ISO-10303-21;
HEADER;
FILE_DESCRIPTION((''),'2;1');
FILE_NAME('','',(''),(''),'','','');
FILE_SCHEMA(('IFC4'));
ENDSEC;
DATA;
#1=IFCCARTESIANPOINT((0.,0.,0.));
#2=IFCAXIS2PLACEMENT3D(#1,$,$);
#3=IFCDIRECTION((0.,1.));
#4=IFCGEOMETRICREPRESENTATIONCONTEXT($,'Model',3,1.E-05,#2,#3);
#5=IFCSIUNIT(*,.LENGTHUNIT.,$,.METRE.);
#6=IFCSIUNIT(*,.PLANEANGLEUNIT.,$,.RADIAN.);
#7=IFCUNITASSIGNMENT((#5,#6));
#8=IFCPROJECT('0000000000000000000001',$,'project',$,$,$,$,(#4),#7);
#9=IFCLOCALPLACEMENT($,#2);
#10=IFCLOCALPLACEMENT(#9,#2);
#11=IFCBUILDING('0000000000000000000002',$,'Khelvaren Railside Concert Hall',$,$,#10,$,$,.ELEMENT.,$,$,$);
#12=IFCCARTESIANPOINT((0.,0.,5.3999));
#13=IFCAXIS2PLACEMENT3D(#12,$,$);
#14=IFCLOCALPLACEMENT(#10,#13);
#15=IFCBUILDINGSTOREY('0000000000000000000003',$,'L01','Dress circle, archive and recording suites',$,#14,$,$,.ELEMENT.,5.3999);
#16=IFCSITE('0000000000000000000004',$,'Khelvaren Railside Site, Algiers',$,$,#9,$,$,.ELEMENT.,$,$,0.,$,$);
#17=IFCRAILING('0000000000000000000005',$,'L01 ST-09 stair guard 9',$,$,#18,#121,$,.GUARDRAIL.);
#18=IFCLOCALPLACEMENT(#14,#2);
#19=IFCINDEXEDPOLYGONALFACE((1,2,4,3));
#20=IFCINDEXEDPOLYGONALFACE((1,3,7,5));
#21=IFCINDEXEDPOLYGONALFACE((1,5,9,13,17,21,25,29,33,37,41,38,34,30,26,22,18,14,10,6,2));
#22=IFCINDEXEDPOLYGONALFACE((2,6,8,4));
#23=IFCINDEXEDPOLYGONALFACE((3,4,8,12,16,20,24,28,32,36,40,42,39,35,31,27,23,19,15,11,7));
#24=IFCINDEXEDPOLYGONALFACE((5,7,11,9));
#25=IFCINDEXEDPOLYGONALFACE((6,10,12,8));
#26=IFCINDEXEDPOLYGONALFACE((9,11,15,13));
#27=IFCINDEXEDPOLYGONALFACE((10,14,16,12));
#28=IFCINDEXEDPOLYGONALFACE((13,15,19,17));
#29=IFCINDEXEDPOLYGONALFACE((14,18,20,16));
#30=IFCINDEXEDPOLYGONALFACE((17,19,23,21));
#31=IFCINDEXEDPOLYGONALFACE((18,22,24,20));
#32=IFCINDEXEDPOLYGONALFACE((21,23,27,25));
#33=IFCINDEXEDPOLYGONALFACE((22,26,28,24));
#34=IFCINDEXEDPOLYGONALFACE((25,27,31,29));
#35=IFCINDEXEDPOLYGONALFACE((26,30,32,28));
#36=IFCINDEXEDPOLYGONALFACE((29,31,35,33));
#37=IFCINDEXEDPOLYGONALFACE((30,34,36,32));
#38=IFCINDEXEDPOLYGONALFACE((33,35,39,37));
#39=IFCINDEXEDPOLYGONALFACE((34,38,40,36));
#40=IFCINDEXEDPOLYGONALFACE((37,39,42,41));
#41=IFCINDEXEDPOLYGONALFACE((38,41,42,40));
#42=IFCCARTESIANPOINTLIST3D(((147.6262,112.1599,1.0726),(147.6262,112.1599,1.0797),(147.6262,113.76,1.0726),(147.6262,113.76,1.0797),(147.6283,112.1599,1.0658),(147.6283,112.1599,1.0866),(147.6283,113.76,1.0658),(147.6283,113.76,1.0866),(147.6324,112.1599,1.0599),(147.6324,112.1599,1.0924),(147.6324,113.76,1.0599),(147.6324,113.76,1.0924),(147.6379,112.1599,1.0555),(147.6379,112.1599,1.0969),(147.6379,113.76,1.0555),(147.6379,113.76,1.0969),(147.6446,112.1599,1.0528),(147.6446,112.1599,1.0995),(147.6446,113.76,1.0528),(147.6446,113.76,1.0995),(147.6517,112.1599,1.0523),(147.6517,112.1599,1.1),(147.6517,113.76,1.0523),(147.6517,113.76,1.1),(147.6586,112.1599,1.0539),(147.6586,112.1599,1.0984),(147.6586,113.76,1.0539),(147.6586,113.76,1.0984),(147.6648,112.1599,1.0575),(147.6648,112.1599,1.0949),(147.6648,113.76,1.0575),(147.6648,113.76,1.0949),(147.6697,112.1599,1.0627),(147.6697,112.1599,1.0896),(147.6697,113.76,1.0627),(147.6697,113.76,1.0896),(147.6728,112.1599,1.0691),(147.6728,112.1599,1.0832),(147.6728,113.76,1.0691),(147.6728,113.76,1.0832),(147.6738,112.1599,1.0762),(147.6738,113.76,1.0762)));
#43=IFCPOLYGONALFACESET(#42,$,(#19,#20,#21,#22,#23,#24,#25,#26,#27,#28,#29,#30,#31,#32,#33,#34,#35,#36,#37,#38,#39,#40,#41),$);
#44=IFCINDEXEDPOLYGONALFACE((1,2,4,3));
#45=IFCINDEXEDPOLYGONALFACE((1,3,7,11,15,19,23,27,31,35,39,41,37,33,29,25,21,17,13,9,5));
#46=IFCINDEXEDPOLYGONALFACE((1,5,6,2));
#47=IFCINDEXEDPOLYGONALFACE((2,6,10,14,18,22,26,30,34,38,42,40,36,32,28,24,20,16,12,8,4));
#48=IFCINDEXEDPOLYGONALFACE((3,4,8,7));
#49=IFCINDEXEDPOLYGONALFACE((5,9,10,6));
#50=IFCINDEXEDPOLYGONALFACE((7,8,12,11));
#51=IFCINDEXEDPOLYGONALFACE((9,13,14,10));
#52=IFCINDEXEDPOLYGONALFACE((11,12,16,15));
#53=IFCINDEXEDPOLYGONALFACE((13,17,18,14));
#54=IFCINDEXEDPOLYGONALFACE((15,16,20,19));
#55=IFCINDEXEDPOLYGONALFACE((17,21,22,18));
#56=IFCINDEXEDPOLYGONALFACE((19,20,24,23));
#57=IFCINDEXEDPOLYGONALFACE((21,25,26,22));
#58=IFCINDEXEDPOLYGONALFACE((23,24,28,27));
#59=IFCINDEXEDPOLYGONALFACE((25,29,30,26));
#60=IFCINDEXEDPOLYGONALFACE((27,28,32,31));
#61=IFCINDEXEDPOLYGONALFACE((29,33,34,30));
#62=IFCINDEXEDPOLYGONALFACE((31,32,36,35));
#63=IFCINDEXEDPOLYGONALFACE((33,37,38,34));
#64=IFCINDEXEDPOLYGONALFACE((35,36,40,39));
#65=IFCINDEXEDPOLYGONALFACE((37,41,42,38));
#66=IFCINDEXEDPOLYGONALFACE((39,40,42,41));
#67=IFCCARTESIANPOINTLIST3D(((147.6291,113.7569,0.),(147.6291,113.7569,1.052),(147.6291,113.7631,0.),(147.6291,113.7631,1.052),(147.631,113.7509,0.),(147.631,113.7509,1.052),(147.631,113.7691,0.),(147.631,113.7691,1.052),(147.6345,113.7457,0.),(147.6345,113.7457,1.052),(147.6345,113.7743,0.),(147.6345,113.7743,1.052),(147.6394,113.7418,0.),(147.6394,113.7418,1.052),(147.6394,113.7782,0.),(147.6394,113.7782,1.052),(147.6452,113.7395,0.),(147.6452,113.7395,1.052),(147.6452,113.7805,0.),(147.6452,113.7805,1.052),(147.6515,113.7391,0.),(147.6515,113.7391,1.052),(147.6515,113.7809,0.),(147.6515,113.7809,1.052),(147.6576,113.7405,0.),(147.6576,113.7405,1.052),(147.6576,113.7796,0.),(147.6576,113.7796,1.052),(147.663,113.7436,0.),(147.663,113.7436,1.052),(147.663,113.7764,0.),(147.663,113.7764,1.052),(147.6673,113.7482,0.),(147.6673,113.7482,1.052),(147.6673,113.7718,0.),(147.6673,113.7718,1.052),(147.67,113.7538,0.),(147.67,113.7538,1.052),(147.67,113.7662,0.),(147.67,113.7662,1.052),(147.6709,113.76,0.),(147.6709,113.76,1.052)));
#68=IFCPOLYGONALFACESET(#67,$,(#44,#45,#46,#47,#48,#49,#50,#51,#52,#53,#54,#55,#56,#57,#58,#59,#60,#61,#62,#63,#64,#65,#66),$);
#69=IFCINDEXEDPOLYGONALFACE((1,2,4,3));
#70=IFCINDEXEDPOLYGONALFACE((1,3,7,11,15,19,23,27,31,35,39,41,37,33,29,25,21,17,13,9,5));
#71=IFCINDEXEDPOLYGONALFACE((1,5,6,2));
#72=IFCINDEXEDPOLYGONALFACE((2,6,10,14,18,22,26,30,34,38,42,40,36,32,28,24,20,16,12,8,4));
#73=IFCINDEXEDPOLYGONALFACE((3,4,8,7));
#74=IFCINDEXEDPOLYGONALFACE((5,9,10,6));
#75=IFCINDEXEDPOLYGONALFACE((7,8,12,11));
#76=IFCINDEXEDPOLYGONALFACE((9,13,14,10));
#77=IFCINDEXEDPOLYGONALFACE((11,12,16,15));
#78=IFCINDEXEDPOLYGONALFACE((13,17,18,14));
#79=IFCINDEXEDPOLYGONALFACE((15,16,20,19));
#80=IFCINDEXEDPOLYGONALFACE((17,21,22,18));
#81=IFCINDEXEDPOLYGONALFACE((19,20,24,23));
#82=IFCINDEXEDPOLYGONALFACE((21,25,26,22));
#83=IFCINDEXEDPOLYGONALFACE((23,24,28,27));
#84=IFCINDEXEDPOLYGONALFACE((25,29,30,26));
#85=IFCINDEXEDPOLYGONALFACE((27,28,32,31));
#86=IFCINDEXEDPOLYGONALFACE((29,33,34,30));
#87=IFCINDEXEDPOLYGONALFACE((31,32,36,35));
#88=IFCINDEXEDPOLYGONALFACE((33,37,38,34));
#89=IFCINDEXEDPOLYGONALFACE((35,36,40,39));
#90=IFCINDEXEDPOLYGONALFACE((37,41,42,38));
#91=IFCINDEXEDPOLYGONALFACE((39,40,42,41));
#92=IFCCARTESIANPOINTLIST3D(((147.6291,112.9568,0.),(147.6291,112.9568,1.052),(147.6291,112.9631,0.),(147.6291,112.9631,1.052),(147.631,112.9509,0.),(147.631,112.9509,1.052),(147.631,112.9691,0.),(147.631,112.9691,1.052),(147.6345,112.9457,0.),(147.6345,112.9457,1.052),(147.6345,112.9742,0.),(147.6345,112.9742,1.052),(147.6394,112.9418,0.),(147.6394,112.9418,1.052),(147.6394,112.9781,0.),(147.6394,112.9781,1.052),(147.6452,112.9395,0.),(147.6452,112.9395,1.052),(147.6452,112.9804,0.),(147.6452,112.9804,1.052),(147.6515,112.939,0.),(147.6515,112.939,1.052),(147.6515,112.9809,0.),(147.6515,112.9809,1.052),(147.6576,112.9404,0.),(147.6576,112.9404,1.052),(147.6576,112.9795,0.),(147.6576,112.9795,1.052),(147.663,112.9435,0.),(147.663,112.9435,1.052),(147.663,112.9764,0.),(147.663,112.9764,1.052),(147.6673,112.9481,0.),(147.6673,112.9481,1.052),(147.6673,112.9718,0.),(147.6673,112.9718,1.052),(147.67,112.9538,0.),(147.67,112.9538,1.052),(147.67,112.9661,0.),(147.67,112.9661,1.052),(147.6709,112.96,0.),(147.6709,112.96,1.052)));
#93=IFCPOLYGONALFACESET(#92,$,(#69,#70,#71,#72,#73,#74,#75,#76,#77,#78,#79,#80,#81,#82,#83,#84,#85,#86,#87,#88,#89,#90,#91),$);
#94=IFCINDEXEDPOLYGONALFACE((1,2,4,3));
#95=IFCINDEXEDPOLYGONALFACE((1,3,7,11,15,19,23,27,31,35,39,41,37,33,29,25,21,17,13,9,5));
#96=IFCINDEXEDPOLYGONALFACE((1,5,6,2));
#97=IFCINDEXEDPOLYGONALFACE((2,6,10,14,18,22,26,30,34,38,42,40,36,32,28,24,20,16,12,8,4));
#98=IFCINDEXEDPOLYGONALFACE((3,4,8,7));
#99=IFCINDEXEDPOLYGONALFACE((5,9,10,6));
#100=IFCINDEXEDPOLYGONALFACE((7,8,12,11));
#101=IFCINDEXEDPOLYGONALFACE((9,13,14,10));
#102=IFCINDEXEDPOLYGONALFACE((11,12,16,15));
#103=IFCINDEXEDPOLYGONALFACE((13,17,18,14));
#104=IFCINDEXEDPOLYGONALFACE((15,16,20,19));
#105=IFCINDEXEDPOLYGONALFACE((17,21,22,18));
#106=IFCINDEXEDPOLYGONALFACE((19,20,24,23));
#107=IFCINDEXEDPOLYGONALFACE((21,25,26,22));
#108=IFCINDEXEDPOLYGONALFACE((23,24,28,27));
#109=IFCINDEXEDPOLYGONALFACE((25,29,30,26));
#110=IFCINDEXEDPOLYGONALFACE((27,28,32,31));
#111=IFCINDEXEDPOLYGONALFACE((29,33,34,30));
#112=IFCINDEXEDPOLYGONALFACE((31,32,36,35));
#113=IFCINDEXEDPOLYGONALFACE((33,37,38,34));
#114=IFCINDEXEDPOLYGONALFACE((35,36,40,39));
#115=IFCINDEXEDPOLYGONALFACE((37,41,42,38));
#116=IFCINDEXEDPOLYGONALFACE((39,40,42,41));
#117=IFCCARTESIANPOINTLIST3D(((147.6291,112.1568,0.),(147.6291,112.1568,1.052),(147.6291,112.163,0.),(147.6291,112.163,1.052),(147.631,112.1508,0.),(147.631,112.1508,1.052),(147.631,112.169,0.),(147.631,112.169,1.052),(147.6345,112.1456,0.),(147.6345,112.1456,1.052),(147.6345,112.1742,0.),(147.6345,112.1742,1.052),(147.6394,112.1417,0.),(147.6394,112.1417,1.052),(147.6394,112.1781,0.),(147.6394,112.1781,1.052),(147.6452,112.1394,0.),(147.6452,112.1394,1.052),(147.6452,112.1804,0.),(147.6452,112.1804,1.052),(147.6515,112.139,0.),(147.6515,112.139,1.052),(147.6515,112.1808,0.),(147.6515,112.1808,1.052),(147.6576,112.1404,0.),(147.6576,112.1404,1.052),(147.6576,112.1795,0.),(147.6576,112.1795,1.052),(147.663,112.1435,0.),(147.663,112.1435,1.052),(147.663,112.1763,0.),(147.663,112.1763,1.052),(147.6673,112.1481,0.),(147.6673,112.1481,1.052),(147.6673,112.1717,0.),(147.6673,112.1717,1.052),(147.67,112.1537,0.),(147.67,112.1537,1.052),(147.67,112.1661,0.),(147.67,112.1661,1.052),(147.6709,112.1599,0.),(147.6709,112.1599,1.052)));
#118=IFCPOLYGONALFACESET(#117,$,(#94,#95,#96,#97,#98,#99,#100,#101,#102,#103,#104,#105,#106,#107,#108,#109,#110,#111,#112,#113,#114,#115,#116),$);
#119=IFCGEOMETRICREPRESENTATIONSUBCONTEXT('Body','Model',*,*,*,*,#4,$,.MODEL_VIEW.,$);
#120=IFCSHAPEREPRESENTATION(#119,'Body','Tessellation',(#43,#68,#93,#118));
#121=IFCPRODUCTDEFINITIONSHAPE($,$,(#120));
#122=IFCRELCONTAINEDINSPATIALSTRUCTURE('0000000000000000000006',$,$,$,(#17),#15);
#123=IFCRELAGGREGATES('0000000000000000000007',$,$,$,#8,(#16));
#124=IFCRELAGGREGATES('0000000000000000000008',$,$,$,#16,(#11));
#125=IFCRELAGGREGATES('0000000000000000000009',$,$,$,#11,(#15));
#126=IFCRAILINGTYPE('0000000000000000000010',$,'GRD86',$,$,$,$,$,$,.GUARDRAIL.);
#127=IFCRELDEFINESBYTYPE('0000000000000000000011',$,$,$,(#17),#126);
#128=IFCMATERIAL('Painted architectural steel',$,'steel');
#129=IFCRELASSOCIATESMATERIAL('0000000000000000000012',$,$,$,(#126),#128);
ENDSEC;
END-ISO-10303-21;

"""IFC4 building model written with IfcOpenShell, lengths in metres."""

from ifc_helpers import new_model, si_unit, direction, frame, origin, origin_2d, place, context, subcontext, project, spatial, circle, extrude, material, type_object, element, save


model = new_model("IFC4")

# Units and contexts
model_context = context("Model", 3, precision=1e-05, world=origin(), true_north=direction((0.0, 1.0)))
body_context = subcontext(model_context, "Body", "Model", "MODEL_VIEW")
ifc_project = project(units=[si_unit("LENGTHUNIT", "METRE"), si_unit("PLANEANGLEUNIT", "RADIAN")], contexts=[model_context])

# Site, building, storey
site_placement = place(None, origin())
site = spatial("IfcSite", under=ifc_project, at=site_placement, Name="Khelvaren Railside Site, Algiers", CompositionType="ELEMENT", RefElevation=0.0)
building_placement = place(site_placement, origin())
building = spatial("IfcBuilding", under=site, at=building_placement, Name="Khelvaren Railside Concert Hall", CompositionType="ELEMENT")
storey_placement = place(building_placement, frame((0.0, 0.0, 5.3999)))
storey = spatial("IfcBuildingStorey", under=building, at=storey_placement, Name="L01", Description="Dress circle, archive and recording suites", CompositionType="ELEMENT", Elevation=5.3999)

# Railing
ifc_material_1 = material(Name="Painted architectural steel", Category="steel")
railing_type_1 = type_object("IfcRailingType", Name="GRD86", PredefinedType="GUARDRAIL", material=ifc_material_1)
railing_1_placement = place(storey_placement, frame((147.6499, 113.76, 0.0)))
element("IfcRailing", 1, at=railing_1_placement, inside=storey, type_object=railing_type_1, Name="L01 ST-09 stair guard 9", PredefinedType="GUARDRAIL", context=body_context, shape_type="SweptSolid", body=[
    extrude(circle(Radius=0.0239, at=origin_2d()), frame((0.0, 0.0, 1.0762), z_axis=(0.0, -1.0, 0.0), x_axis=(1.0, 0.0, 0.0)), (0.0, 0.0, 1.0), 1.6001),
    extrude(circle(Radius=0.021, at=origin_2d()), origin(), (0.0, 0.0, 1.0), 1.052),
    extrude(circle(Radius=0.021, at=origin_2d()), frame((0.0, -0.8, 0.0)), (0.0, 0.0, 1.0), 1.052),
    extrude(circle(Radius=0.021, at=origin_2d()), frame((0.0, -1.6001, 0.0)), (0.0, 0.0, 1.0), 1.052),
])

save(model, "model.ifc")
